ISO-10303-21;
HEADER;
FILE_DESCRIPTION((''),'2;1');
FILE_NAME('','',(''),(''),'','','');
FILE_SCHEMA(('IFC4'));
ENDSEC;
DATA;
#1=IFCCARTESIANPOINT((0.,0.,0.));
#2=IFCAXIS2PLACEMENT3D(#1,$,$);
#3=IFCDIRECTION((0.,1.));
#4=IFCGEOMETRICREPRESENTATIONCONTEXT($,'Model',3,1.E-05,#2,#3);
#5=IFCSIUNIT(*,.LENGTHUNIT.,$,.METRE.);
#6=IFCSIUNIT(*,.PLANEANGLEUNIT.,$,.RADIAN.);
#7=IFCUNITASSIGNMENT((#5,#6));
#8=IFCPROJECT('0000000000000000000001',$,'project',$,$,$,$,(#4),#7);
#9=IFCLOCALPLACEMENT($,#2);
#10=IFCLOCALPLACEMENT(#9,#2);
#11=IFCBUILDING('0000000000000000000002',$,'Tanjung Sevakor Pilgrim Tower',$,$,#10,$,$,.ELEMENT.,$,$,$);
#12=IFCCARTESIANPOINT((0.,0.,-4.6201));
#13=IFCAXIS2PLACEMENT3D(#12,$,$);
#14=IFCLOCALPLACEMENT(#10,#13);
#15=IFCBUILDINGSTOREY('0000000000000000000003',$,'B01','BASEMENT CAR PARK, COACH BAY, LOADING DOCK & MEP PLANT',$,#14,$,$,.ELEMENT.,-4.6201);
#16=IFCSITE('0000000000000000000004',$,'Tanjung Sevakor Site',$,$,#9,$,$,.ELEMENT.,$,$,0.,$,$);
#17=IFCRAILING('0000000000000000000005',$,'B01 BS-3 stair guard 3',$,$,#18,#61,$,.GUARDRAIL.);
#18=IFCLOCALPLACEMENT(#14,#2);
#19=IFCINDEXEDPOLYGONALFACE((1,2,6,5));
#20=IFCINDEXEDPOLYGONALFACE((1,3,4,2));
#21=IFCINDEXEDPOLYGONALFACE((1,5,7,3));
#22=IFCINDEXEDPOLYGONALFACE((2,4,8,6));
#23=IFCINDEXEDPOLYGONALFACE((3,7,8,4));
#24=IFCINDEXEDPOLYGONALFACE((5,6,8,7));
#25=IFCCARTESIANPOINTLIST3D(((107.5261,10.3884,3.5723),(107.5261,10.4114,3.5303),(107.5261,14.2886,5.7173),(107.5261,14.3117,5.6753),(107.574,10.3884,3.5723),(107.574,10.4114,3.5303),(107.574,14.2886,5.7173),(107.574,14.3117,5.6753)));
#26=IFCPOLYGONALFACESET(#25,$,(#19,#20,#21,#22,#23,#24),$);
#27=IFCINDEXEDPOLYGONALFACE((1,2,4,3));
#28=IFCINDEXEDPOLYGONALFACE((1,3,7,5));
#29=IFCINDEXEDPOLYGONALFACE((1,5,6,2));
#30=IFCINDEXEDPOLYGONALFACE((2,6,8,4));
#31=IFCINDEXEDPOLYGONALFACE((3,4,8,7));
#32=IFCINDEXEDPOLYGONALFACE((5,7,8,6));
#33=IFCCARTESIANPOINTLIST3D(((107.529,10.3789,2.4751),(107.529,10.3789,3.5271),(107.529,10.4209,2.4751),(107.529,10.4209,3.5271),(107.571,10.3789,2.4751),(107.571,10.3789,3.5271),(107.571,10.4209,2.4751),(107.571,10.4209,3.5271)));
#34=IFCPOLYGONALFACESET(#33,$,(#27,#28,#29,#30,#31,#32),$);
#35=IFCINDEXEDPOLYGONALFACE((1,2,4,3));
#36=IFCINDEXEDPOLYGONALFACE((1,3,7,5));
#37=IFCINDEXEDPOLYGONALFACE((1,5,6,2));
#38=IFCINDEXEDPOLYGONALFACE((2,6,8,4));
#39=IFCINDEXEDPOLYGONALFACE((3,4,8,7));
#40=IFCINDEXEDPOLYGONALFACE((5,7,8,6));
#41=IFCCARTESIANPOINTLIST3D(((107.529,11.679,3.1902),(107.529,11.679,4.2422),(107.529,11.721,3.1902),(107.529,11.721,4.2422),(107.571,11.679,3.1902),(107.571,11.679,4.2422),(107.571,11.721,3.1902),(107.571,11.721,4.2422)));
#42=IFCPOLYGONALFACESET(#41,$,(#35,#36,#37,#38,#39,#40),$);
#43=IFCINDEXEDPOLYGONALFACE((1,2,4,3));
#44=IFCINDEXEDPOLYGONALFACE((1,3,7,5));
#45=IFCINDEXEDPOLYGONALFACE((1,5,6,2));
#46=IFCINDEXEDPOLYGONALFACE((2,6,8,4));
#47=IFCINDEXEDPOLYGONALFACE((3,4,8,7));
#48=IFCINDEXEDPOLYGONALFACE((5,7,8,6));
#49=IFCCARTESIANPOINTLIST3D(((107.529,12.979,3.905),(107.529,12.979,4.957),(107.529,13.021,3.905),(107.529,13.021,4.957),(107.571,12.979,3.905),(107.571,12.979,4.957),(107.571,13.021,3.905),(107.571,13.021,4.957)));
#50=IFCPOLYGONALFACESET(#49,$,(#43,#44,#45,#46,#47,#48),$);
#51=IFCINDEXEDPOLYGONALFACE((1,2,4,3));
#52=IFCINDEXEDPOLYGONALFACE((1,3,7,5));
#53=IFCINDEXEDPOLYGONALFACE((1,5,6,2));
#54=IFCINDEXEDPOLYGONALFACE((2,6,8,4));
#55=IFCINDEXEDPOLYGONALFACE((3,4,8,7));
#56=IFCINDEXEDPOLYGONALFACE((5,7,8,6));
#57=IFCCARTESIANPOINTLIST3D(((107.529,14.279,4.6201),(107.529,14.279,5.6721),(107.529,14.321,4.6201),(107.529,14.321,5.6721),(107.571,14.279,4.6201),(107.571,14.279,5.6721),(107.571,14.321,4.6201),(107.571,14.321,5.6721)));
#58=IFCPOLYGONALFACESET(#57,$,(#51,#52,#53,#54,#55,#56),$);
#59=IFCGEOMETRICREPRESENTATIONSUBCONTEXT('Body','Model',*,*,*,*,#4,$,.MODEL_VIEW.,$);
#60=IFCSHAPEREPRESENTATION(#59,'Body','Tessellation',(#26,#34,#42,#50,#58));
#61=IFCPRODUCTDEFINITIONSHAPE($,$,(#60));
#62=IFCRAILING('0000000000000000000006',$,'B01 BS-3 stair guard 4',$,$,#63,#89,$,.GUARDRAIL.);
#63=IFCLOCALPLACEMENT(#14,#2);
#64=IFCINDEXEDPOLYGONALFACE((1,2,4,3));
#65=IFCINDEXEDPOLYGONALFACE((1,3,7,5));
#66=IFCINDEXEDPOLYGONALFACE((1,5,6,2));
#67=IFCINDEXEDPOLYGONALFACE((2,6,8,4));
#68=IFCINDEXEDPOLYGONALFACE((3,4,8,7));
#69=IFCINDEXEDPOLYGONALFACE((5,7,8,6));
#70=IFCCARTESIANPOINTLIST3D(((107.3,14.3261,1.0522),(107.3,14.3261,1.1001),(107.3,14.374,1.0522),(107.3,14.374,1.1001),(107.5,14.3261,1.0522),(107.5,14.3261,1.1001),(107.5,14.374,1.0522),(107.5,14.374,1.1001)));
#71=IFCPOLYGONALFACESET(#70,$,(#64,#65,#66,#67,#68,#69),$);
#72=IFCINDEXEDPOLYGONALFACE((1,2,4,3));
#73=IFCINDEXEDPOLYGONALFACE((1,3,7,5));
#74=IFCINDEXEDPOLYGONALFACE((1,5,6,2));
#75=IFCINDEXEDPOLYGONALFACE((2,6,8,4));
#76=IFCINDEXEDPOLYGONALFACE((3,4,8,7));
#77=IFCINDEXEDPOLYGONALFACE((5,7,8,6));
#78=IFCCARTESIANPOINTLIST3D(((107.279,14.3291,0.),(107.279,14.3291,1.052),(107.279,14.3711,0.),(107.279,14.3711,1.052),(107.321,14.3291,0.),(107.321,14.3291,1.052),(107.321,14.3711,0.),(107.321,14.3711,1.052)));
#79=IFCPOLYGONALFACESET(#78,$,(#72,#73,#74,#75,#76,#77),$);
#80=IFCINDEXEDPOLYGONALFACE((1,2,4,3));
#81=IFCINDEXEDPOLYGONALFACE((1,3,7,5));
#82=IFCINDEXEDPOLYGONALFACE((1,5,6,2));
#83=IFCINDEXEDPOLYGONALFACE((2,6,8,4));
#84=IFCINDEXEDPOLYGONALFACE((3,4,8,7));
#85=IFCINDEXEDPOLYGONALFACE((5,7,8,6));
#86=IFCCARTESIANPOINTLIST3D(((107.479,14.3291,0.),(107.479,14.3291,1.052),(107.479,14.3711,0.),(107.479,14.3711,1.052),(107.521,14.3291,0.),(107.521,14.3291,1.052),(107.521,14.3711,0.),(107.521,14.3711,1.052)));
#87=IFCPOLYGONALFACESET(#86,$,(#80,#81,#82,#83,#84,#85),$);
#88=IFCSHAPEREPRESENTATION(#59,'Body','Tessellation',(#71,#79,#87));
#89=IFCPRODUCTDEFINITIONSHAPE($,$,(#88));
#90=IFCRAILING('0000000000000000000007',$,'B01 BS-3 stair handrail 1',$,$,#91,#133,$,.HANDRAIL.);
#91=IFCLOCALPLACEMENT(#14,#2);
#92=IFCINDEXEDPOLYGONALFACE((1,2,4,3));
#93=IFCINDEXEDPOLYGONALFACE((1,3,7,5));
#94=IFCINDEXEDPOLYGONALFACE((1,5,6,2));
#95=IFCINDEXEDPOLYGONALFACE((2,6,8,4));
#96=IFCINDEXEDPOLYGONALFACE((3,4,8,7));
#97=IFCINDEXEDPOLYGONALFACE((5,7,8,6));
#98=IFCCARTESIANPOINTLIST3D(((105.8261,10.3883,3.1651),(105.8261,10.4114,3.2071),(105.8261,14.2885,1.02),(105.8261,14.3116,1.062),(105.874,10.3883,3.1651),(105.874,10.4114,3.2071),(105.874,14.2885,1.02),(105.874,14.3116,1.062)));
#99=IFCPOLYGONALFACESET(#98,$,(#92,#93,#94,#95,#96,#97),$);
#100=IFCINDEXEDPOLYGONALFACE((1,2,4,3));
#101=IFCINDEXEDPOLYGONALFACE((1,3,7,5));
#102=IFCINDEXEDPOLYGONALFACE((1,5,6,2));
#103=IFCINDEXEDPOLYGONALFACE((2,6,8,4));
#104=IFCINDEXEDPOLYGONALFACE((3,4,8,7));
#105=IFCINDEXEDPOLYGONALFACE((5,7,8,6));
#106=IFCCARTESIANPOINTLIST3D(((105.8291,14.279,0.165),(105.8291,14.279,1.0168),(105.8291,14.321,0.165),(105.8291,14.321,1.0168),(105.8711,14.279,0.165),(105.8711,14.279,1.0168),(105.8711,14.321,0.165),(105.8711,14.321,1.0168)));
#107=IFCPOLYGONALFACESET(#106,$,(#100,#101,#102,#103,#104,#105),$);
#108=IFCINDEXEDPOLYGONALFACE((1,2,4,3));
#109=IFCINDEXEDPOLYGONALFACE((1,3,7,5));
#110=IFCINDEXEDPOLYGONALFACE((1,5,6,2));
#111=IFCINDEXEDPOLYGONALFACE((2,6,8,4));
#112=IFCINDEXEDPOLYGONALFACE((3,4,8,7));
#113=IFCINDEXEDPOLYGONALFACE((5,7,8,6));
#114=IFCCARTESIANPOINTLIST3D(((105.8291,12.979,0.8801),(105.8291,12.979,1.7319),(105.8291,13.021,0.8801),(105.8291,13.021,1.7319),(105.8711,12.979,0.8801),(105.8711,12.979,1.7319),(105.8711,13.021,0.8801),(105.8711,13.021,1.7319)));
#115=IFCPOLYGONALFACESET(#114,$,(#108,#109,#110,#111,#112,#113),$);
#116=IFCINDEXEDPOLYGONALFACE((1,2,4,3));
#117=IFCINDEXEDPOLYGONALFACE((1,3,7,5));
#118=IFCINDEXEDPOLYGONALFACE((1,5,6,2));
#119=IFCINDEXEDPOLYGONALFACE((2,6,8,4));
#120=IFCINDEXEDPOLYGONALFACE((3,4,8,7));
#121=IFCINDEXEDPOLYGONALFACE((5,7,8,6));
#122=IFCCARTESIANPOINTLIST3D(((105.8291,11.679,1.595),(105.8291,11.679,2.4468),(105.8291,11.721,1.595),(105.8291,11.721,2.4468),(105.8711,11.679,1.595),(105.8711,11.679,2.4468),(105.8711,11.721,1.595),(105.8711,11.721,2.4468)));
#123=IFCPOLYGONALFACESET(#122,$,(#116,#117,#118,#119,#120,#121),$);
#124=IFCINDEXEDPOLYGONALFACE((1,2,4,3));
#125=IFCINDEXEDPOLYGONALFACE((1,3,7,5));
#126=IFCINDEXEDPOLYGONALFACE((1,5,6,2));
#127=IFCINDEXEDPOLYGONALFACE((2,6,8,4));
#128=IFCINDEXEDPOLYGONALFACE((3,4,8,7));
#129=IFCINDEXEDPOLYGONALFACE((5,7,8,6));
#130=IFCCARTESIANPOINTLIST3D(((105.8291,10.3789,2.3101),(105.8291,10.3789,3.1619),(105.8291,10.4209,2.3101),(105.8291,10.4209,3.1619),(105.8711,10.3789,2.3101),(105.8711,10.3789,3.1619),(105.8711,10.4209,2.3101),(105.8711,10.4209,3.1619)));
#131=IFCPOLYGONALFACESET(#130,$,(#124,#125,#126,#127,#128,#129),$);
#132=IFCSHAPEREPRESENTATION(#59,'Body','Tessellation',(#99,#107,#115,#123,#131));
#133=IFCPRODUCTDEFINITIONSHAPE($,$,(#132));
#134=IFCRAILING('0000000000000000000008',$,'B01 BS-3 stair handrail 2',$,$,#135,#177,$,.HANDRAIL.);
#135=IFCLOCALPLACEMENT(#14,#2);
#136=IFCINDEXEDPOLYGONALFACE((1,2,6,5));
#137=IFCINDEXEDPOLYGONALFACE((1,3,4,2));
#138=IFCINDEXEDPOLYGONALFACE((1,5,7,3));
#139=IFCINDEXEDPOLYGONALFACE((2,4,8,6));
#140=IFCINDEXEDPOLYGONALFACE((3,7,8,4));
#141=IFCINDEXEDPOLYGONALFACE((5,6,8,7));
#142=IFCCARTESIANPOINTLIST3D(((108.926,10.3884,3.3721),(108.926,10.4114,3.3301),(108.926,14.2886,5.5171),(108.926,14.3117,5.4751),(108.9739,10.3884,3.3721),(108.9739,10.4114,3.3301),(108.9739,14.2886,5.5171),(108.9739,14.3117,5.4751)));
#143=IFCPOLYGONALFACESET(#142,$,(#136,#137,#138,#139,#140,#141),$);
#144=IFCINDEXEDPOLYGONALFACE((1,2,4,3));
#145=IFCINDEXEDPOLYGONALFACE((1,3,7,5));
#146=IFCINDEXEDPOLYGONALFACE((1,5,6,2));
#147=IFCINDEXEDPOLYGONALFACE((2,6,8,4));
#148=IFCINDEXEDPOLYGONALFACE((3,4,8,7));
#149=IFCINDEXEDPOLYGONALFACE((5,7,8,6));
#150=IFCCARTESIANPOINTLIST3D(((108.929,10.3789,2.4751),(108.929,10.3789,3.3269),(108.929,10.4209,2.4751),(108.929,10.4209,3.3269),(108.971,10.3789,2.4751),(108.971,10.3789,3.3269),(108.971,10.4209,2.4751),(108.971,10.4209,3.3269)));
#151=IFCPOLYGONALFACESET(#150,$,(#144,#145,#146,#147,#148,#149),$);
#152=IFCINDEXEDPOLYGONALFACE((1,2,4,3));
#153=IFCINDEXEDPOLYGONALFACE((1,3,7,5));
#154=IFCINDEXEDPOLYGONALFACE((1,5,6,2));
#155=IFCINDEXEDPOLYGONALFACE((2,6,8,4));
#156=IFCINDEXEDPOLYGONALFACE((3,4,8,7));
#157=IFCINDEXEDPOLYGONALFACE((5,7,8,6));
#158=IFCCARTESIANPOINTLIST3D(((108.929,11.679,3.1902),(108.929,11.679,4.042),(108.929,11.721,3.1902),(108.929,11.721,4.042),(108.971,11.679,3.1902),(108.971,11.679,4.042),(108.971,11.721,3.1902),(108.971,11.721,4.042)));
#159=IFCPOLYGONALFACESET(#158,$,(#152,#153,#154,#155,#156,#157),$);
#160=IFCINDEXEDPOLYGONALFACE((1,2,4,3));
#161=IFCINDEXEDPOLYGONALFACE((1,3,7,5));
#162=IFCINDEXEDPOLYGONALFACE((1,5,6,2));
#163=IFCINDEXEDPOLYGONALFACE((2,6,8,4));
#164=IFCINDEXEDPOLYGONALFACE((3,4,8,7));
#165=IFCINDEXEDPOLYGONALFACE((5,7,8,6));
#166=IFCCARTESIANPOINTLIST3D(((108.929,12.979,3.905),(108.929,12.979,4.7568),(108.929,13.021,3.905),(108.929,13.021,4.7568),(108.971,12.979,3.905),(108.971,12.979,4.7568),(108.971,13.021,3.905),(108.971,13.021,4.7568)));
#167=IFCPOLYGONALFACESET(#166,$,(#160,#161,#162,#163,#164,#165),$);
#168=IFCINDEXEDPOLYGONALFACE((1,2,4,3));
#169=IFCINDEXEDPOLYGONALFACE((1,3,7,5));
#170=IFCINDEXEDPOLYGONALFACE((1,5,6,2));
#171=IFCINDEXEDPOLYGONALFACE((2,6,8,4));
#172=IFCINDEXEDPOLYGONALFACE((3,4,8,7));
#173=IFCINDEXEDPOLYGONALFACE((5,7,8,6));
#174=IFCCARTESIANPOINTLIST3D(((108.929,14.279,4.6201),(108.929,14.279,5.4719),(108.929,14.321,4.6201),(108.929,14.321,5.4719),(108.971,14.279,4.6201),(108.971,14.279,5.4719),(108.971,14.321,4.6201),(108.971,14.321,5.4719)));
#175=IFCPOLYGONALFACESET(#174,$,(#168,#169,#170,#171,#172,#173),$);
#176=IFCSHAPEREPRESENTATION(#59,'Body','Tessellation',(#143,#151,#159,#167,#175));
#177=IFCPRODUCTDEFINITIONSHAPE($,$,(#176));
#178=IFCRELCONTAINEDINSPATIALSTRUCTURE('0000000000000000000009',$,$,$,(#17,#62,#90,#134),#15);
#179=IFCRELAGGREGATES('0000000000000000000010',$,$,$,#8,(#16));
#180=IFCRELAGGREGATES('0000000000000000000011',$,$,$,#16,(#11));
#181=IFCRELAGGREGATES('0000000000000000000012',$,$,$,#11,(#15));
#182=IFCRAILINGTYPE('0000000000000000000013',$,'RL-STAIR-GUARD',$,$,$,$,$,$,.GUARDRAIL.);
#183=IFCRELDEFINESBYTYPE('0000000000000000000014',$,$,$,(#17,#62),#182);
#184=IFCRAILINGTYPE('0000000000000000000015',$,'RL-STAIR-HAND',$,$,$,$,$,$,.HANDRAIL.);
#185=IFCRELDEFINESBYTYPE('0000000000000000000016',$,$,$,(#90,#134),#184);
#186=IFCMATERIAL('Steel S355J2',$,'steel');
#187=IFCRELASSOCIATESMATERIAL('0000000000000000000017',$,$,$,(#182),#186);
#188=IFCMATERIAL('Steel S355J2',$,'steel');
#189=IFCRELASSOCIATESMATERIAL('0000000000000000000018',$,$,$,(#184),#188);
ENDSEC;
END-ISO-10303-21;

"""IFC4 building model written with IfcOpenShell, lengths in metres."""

from ifc_helpers import new_model, si_unit, direction, frame, origin, place, context, subcontext, project, spatial, rectangle, extrude, material, type_object, element, save


model = new_model("IFC4")

# Units and contexts
model_context = context("Model", 3, precision=1e-05, world=origin(), true_north=direction((0.0, 1.0)))
body_context = subcontext(model_context, "Body", "Model", "MODEL_VIEW")
ifc_project = project(units=[si_unit("LENGTHUNIT", "METRE"), si_unit("PLANEANGLEUNIT", "RADIAN")], contexts=[model_context])

# Site, building, storey
site_placement = place(None, origin())
site = spatial("IfcSite", under=ifc_project, at=site_placement, Name="Tanjung Sevakor Site", CompositionType="ELEMENT", RefElevation=0.0)
building_placement = place(site_placement, origin())
building = spatial("IfcBuilding", under=site, at=building_placement, Name="Tanjung Sevakor Pilgrim Tower", CompositionType="ELEMENT")
storey_placement = place(building_placement, frame((0.0, 0.0, -4.6201)))
storey = spatial("IfcBuildingStorey", under=building, at=storey_placement, Name="B01", Description="BASEMENT CAR PARK, COACH BAY, LOADING DOCK & MEP PLANT", CompositionType="ELEMENT", Elevation=-4.6201)

# Railings
ifc_material_1 = material(Name="Steel S355J2", Category="steel")
railing_type_1 = type_object("IfcRailingType", Name="RL-STAIR-GUARD", PredefinedType="GUARDRAIL", material=ifc_material_1)
railing_1_placement = place(storey_placement, frame((107.55, 10.3999, 2.4751)))
element("IfcRailing", 1, at=railing_1_placement, inside=storey, type_object=railing_type_1, Name="B01 BS-3 stair guard 3", PredefinedType="GUARDRAIL", context=body_context, shape_type="SweptSolid", body=[
    extrude(rectangle(XDim=0.0479, YDim=0.0479), frame((0.0, 0.0, 1.0762), z_axis=(0.0, 0.876222, 0.481908), x_axis=(-1.0, 0.0, 0.0)), (0.0, 0.0, 1.0), 4.4512),
    extrude(rectangle(XDim=0.042, YDim=0.042), origin(), (0.0, 0.0, 1.0), 1.052),
    extrude(rectangle(XDim=0.042, YDim=0.042), frame((0.0, 1.3, 0.7151)), (0.0, 0.0, 1.0), 1.052),
    extrude(rectangle(XDim=0.042, YDim=0.042), frame((0.0, 2.6001, 1.4299)), (0.0, 0.0, 1.0), 1.052),
    extrude(rectangle(XDim=0.042, YDim=0.042), frame((0.0, 3.9001, 2.145)), (0.0, 0.0, 1.0), 1.052),
])
railing_2_placement = place(storey_placement, frame((107.3, 14.3501, 0.0)))
element("IfcRailing", 2, at=railing_2_placement, inside=storey, type_object=railing_type_1, Name="B01 BS-3 stair guard 4", PredefinedType="GUARDRAIL", context=body_context, shape_type="SweptSolid", body=[
    extrude(rectangle(XDim=0.0479, YDim=0.0479), frame((0.0, 0.0, 1.0762), z_axis=(1.0, 0.0, 0.0), x_axis=(0.0, 1.0, 0.0)), (0.0, 0.0, 1.0), 0.2),
    extrude(rectangle(XDim=0.042, YDim=0.042), origin(), (0.0, 0.0, 1.0), 1.052),
    extrude(rectangle(XDim=0.042, YDim=0.042), frame((0.2, 0.0, 0.0)), (0.0, 0.0, 1.0), 1.052),
])
ifc_material_2 = material(Name="Steel S355J2", Category="steel")
railing_type_2 = type_object("IfcRailingType", Name="RL-STAIR-HAND", PredefinedType="HANDRAIL", material=ifc_material_2)
railing_3_placement = place(storey_placement, frame((105.8501, 14.3, 0.165)))
element("IfcRailing", 3, at=railing_3_placement, inside=storey, type_object=railing_type_2, Name="B01 BS-3 stair handrail 1", PredefinedType="HANDRAIL", context=body_context, shape_type="SweptSolid", body=[
    extrude(rectangle(XDim=0.0479, YDim=0.0479), frame((0.0, 0.0, 0.876), z_axis=(0.0, -0.876222, 0.481908), x_axis=(1.0, 0.0, 0.0)), (0.0, 0.0, 1.0), 4.4512),
    extrude(rectangle(XDim=0.042, YDim=0.042), origin(), (0.0, 0.0, 1.0), 0.8518),
    extrude(rectangle(XDim=0.042, YDim=0.042), frame((0.0, -1.3, 0.7151)), (0.0, 0.0, 1.0), 0.8518),
    extrude(rectangle(XDim=0.042, YDim=0.042), frame((0.0, -2.6001, 1.4299)), (0.0, 0.0, 1.0), 0.8518),
    extrude(rectangle(XDim=0.042, YDim=0.042), frame((0.0, -3.9001, 2.145)), (0.0, 0.0, 1.0), 0.8518),
])
railing_4_placement = place(storey_placement, frame((108.95, 10.3999, 2.4751)))
element("IfcRailing", 4, at=railing_4_placement, inside=storey, type_object=railing_type_2, Name="B01 BS-3 stair handrail 2", PredefinedType="HANDRAIL", context=body_context, shape_type="SweptSolid", body=[
    extrude(rectangle(XDim=0.0479, YDim=0.0479), frame((0.0, 0.0, 0.876), z_axis=(0.0, 0.876222, 0.481908), x_axis=(-1.0, 0.0, 0.0)), (0.0, 0.0, 1.0), 4.4512),
    extrude(rectangle(XDim=0.042, YDim=0.042), origin(), (0.0, 0.0, 1.0), 0.8518),
    extrude(rectangle(XDim=0.042, YDim=0.042), frame((0.0, 1.3, 0.7151)), (0.0, 0.0, 1.0), 0.8518),
    extrude(rectangle(XDim=0.042, YDim=0.042), frame((0.0, 2.6001, 1.4299)), (0.0, 0.0, 1.0), 0.8518),
    extrude(rectangle(XDim=0.042, YDim=0.042), frame((0.0, 3.9001, 2.145)), (0.0, 0.0, 1.0), 0.8518),
])

save(model, "model.ifc")
